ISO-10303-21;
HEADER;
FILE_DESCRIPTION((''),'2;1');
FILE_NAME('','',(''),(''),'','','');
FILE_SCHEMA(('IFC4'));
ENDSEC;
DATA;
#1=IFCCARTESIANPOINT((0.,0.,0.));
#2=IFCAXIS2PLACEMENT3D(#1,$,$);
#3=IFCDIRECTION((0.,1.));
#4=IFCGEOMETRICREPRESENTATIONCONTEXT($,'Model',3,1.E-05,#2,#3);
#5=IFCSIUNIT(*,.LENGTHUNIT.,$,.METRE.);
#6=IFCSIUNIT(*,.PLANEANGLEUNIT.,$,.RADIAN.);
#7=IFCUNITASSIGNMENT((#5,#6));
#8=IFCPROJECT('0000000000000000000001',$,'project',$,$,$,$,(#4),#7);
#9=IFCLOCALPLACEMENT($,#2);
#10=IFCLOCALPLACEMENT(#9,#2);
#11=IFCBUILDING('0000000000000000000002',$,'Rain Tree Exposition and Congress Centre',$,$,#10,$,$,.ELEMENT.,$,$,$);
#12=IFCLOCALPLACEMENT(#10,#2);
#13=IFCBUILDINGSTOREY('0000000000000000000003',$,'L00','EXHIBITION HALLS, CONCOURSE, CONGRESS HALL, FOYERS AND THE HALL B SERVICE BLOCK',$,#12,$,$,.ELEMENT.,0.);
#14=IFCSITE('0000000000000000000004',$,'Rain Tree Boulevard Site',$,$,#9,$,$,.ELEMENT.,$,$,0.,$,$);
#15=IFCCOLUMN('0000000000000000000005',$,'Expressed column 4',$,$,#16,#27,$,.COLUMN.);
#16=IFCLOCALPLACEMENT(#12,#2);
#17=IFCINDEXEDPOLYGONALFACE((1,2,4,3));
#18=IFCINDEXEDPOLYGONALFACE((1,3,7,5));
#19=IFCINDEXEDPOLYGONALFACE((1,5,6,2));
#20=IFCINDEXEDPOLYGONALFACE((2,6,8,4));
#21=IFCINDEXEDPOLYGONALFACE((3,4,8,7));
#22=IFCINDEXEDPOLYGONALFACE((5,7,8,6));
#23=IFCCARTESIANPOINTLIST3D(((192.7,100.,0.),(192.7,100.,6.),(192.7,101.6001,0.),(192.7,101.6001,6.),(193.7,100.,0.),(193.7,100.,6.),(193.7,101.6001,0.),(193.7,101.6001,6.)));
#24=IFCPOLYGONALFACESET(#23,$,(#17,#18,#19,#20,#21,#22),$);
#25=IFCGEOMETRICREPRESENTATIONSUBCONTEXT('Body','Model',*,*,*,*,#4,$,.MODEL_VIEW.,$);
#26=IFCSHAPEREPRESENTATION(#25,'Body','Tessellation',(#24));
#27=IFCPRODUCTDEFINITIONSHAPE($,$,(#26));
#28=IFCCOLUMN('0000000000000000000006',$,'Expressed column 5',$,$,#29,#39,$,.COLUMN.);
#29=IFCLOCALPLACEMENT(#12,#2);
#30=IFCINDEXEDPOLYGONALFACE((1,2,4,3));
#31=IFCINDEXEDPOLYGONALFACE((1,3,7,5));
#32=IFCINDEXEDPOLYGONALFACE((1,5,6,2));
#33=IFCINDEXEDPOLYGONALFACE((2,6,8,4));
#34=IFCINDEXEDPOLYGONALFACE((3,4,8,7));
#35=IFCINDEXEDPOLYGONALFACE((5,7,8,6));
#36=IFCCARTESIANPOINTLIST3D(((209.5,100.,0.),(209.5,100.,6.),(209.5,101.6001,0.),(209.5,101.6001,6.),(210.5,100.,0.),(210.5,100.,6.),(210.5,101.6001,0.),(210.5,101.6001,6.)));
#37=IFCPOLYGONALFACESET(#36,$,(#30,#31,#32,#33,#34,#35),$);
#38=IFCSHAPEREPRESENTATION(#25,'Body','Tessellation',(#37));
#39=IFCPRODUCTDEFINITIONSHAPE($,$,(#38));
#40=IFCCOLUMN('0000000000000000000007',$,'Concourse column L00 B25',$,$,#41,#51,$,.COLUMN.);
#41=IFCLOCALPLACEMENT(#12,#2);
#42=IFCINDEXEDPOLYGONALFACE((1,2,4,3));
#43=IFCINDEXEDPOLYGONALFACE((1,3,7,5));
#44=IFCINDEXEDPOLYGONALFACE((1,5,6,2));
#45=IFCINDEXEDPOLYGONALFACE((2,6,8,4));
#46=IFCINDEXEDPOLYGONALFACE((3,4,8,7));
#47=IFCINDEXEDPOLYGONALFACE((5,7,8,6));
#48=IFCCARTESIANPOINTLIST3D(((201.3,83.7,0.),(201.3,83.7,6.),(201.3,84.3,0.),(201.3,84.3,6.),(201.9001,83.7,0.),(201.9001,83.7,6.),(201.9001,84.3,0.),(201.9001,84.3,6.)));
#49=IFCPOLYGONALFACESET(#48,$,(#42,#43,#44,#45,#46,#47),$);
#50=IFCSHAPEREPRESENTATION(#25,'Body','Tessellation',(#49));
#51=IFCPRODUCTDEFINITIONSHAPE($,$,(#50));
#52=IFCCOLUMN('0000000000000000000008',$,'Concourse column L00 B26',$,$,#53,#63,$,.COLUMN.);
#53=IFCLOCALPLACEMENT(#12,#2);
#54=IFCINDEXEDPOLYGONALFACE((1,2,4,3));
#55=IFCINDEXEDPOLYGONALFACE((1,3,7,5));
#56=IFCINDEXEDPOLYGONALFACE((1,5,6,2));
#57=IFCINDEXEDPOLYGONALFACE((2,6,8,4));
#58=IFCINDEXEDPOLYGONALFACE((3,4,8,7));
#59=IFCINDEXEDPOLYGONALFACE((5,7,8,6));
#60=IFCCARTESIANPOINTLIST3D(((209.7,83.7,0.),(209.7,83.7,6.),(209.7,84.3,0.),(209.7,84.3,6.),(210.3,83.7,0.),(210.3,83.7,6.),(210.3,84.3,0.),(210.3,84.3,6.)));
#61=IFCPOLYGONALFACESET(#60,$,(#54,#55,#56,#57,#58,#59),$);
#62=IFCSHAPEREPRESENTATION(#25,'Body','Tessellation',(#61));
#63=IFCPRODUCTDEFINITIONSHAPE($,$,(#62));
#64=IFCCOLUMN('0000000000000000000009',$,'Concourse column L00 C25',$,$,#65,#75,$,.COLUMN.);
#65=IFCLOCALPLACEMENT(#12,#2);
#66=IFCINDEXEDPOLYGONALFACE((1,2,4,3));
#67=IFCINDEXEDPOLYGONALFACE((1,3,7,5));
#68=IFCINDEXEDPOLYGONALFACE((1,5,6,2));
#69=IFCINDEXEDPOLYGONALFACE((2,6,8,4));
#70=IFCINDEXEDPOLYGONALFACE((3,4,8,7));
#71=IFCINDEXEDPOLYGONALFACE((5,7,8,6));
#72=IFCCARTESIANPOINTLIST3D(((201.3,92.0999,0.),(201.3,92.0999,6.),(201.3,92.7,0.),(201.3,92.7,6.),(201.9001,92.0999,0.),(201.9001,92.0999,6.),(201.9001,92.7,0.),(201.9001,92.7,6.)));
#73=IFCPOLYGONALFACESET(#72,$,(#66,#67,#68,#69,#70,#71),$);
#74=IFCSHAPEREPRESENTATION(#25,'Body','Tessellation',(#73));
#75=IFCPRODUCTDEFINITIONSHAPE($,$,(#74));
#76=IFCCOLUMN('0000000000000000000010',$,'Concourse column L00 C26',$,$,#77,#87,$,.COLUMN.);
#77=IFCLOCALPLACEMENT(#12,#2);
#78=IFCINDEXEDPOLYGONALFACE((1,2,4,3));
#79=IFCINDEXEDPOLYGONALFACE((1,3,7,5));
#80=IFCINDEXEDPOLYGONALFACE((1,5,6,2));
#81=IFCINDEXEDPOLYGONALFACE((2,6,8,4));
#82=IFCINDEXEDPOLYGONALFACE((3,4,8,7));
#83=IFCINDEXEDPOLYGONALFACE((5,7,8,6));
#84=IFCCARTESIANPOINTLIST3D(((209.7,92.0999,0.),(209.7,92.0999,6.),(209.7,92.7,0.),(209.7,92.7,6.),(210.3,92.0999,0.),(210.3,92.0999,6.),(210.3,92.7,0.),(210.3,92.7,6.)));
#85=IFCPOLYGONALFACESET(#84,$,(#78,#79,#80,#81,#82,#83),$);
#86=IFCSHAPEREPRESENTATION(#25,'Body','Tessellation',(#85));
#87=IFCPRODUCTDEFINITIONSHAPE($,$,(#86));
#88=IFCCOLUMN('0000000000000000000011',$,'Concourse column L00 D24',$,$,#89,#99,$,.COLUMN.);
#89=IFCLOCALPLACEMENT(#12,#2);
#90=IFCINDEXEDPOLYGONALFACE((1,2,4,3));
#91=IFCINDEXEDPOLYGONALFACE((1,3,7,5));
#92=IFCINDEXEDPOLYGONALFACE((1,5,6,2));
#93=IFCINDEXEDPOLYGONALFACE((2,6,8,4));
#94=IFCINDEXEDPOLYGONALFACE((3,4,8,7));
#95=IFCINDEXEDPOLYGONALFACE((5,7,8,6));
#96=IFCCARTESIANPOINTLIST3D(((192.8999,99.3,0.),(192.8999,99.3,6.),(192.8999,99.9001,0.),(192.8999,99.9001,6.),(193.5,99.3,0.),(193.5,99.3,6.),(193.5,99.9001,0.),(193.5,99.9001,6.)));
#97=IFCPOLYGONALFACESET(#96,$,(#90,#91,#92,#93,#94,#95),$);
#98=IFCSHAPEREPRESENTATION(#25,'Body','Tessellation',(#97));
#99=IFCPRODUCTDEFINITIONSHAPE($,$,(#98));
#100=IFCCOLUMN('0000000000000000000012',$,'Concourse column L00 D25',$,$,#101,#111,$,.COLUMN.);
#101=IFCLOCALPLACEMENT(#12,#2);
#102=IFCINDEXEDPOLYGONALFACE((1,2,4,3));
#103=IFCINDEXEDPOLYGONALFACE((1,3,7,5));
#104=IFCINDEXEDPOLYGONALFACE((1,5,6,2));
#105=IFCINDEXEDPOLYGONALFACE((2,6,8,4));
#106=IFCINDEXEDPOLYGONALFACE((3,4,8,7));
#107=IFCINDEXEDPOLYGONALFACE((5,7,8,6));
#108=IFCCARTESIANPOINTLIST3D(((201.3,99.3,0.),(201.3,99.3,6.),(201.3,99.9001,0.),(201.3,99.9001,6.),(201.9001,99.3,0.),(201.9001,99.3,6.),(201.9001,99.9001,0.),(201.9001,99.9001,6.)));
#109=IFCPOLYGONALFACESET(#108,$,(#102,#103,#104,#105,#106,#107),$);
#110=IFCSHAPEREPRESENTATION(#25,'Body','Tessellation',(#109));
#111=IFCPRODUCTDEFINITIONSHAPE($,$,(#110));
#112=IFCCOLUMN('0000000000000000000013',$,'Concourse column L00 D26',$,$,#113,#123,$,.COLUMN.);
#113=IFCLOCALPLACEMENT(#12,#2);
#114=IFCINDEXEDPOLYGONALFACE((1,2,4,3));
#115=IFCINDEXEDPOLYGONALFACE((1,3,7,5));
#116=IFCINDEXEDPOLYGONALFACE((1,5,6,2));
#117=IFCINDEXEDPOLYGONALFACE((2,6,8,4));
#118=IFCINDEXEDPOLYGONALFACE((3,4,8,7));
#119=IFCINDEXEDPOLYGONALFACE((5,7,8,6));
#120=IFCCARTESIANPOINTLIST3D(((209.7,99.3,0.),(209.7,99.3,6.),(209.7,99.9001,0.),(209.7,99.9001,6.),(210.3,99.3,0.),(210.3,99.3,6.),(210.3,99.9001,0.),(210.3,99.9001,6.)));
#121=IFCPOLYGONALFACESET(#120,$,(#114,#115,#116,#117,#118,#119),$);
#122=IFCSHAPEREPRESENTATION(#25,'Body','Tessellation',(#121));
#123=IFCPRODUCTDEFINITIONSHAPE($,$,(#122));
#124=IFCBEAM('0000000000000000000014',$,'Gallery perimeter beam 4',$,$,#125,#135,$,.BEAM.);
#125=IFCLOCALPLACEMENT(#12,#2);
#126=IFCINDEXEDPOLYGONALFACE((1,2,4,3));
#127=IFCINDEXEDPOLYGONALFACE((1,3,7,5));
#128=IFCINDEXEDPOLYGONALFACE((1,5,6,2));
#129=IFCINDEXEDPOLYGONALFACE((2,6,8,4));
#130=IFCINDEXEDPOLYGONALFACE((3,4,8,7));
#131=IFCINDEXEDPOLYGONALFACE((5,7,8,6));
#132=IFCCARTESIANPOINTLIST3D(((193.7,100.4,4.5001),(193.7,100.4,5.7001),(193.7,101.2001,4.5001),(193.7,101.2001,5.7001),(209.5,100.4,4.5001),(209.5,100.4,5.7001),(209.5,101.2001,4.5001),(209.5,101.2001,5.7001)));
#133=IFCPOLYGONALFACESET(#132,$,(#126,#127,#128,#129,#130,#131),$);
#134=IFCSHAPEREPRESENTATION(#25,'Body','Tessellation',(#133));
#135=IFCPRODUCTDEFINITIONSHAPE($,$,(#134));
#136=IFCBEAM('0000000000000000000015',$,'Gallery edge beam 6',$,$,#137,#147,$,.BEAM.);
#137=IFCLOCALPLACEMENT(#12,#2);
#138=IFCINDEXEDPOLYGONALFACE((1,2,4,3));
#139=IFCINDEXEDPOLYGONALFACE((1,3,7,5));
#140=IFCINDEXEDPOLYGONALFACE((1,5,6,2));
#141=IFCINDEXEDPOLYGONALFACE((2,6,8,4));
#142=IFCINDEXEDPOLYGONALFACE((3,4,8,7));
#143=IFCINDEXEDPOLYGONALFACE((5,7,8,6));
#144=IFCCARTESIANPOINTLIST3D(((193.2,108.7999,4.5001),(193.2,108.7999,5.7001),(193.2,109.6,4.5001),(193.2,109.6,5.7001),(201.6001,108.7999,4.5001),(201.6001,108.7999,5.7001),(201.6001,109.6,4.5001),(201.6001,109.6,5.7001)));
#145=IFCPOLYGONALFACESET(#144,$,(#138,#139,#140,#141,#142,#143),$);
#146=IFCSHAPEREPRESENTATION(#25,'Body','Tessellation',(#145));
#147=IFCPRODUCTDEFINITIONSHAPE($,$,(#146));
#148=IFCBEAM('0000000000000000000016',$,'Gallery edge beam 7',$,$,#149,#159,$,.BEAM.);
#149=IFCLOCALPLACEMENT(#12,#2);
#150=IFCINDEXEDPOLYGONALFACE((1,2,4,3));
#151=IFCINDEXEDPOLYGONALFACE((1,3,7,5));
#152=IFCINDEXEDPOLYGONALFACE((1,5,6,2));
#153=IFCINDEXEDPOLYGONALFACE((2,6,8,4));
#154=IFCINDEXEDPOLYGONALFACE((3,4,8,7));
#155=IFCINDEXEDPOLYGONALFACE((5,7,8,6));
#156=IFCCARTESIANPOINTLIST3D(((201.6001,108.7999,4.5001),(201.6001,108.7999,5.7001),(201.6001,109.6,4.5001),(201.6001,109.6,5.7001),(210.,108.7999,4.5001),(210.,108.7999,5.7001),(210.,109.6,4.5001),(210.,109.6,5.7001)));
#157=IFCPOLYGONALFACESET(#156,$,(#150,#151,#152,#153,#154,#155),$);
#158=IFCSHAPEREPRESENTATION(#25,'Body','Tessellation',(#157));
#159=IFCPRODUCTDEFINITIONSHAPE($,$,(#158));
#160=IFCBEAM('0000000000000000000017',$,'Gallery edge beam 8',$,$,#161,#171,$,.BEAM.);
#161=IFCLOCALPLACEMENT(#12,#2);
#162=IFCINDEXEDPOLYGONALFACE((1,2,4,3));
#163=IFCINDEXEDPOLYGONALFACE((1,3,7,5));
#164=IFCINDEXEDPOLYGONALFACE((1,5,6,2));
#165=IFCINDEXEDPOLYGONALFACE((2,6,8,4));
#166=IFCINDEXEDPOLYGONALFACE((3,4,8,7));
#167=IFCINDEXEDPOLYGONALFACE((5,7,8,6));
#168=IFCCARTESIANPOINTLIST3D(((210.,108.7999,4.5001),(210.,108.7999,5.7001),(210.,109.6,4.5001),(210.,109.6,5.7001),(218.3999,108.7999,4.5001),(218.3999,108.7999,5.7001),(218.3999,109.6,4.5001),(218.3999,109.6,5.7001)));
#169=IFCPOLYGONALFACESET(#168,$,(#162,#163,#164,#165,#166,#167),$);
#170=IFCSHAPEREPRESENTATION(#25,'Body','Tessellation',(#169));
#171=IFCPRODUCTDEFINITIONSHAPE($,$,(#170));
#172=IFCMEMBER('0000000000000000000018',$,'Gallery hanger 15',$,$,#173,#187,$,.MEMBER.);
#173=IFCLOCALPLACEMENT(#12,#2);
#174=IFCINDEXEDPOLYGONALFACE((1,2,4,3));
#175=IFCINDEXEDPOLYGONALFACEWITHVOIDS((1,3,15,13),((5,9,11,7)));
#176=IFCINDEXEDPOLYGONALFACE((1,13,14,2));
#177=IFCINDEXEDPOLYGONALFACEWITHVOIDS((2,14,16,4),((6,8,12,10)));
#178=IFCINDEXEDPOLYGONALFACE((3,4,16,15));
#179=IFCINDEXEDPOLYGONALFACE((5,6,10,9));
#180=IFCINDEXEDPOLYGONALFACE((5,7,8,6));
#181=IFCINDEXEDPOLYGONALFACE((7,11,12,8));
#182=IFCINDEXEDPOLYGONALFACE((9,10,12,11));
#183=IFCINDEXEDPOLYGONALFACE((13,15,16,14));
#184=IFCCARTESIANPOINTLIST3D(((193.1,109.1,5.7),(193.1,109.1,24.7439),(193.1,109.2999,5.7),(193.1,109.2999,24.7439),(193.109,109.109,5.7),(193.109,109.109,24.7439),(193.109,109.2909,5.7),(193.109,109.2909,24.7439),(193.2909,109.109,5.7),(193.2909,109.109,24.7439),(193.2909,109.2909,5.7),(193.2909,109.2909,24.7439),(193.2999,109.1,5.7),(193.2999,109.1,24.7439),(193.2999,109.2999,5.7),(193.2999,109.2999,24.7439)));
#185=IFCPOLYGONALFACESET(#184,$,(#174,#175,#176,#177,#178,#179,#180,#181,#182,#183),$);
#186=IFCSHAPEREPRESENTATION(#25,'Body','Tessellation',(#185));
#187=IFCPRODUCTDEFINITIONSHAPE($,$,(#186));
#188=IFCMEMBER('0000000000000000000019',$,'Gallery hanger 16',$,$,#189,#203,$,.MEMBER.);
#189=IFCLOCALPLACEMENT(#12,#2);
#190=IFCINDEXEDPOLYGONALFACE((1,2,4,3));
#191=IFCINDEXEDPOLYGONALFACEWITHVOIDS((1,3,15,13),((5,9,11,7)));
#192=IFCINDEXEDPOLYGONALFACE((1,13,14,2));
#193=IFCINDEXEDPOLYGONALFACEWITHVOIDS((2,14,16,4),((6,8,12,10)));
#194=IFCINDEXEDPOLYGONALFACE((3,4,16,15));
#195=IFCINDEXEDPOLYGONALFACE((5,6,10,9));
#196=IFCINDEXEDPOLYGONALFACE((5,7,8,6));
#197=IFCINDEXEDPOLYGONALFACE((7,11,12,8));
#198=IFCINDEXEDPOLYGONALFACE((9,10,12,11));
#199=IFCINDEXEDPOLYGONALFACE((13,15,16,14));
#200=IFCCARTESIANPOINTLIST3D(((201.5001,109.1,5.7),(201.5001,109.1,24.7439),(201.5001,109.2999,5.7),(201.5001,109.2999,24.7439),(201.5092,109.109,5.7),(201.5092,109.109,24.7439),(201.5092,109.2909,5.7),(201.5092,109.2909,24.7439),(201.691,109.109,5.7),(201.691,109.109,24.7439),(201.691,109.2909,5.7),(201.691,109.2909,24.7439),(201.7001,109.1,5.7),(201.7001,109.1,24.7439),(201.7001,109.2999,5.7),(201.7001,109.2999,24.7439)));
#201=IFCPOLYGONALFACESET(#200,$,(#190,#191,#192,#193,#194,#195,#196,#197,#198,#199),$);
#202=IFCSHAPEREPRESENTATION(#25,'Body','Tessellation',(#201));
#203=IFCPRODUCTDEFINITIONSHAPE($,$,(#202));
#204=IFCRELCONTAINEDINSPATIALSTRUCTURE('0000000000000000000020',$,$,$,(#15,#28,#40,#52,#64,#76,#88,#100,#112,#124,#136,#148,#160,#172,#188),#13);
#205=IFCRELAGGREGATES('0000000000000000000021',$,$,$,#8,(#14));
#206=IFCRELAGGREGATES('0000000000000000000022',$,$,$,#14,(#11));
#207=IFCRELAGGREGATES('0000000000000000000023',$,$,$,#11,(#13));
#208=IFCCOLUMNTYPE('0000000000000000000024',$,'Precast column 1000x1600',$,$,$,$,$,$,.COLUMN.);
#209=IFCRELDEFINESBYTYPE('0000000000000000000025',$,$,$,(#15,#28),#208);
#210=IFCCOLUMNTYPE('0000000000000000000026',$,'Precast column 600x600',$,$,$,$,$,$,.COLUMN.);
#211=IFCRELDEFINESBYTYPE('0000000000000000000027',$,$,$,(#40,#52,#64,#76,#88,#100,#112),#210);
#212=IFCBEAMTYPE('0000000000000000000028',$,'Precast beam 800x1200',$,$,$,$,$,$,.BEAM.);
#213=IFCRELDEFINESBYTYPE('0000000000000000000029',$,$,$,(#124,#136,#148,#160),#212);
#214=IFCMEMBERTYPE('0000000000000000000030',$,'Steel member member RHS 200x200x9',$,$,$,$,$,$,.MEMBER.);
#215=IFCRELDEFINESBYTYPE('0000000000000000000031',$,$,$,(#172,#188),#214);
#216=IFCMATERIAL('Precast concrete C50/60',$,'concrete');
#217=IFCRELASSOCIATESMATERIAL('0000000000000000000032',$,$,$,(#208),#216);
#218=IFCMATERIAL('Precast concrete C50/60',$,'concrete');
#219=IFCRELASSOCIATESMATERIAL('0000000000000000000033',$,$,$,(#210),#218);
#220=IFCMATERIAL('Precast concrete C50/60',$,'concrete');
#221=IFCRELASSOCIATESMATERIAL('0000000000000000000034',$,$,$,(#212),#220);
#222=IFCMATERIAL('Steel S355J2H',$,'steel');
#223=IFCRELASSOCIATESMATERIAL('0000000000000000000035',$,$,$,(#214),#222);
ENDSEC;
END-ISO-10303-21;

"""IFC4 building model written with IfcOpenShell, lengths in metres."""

from ifc_helpers import new_model, si_unit, direction, frame, origin, origin_2d, place, context, subcontext, project, spatial, rectangle, hollow_rectangle, extrude, material, material_profile, profile_set, type_object, element, save


model = new_model("IFC4")

# Units and contexts
model_context = context("Model", 3, precision=1e-05, world=origin(), true_north=direction((0.0, 1.0)))
body_context = subcontext(model_context, "Body", "Model", "MODEL_VIEW")
ifc_project = project(units=[si_unit("LENGTHUNIT", "METRE"), si_unit("PLANEANGLEUNIT", "RADIAN")], contexts=[model_context])

# Site, building, storey
site_placement = place(None, origin())
site = spatial("IfcSite", under=ifc_project, at=site_placement, Name="Rain Tree Boulevard Site", CompositionType="ELEMENT", RefElevation=0.0)
building_placement = place(site_placement, origin())
building = spatial("IfcBuilding", under=site, at=building_placement, Name="Rain Tree Exposition and Congress Centre", CompositionType="ELEMENT")
storey_placement = place(building_placement, origin())
storey = spatial("IfcBuildingStorey", under=building, at=storey_placement, Name="L00", Description="EXHIBITION HALLS, CONCOURSE, CONGRESS HALL, FOYERS AND THE HALL B SERVICE BLOCK", CompositionType="ELEMENT", Elevation=0.0)

# Columns
ifc_material_1 = material(Name="Precast concrete C50/60", Category="concrete")
ifc_material_profile_1 = material_profile(ifc_material_1, rectangle(XDim=1.0, YDim=1.6001, at=origin_2d()), Name="RC 1000x1600")
ifc_profile_set_1 = profile_set([ifc_material_profile_1], Name="Precast concrete C50/60")
column_type_1 = type_object("IfcColumnType", Name="Precast column 1000x1600", PredefinedType="COLUMN", material=ifc_profile_set_1)
for number, where, z_axis, x_axis, name in (
    (1, (193.2, 100.8, 0.0), (0.0, 0.0, 1.0), (1.0, 0.0, 0.0), "Expressed column 4"),
    (2, (210.0, 100.8, 0.0), (0.0, 0.0, 1.0), (1.0, 0.0, 0.0), "Expressed column 5"),
):
    element("IfcColumn", number, at=place(storey_placement, frame(where, z_axis=z_axis, x_axis=x_axis)), inside=storey, type_object=column_type_1, Name=name, PredefinedType="COLUMN", context=body_context, shape_type="SweptSolid", body=[
        extrude(rectangle(XDim=1.0, YDim=1.6001, at=origin_2d()), origin(), (0.0, 0.0, 1.0), 6.0),
    ])
ifc_material_2 = material(Name="Precast concrete C50/60", Category="concrete")
ifc_material_profile_2 = material_profile(ifc_material_2, rectangle(XDim=0.6001, YDim=0.6001, at=origin_2d()), Name="RC 600x600")
ifc_profile_set_2 = profile_set([ifc_material_profile_2], Name="Precast concrete C50/60")
column_type_2 = type_object("IfcColumnType", Name="Precast column 600x600", PredefinedType="COLUMN", material=ifc_profile_set_2)
for number, where, z_axis, x_axis, name in (
    (3, (201.6001, 84.0, 0.0), (0.0, 0.0, 1.0), (1.0, 0.0, 0.0), "Concourse column L00 B25"),
    (4, (210.0, 84.0, 0.0), (0.0, 0.0, 1.0), (1.0, 0.0, 0.0), "Concourse column L00 B26"),
    (5, (201.6001, 92.3999, 0.0), (0.0, 0.0, 1.0), (1.0, 0.0, 0.0), "Concourse column L00 C25"),
    (6, (210.0, 92.3999, 0.0), (0.0, 0.0, 1.0), (1.0, 0.0, 0.0), "Concourse column L00 C26"),
    (7, (193.2, 99.6001, 0.0), (0.0, 0.0, 1.0), (1.0, 0.0, 0.0), "Concourse column L00 D24"),
    (8, (201.6001, 99.6001, 0.0), (0.0, 0.0, 1.0), (1.0, 0.0, 0.0), "Concourse column L00 D25"),
    (9, (210.0, 99.6001, 0.0), (0.0, 0.0, 1.0), (1.0, 0.0, 0.0), "Concourse column L00 D26"),
):
    element("IfcColumn", number, at=place(storey_placement, frame(where, z_axis=z_axis, x_axis=x_axis)), inside=storey, type_object=column_type_2, Name=name, PredefinedType="COLUMN", context=body_context, shape_type="SweptSolid", body=[
        extrude(rectangle(XDim=0.6001, YDim=0.6001, at=origin_2d()), origin(), (0.0, 0.0, 1.0), 6.0),
    ])

# Beams
ifc_material_3 = material(Name="Precast concrete C50/60", Category="concrete")
ifc_material_profile_3 = material_profile(ifc_material_3, rectangle(XDim=0.8, YDim=1.2, at=origin_2d()), Name="RC 800x1200")
ifc_profile_set_3 = profile_set([ifc_material_profile_3], Name="Precast concrete C50/60")
beam_type = type_object("IfcBeamType", Name="Precast beam 800x1200", PredefinedType="BEAM", material=ifc_profile_set_3)
beam_1_placement = place(storey_placement, frame((193.7, 100.8, 5.1001), z_axis=(1.0, 0.0, 0.0), x_axis=(0.0, 1.0, 0.0)))
element("IfcBeam", 10, at=beam_1_placement, inside=storey, type_object=beam_type, Name="Gallery perimeter beam 4", PredefinedType="BEAM", context=body_context, shape_type="SweptSolid", body=[
    extrude(rectangle(XDim=0.8, YDim=1.2, at=origin_2d()), origin(), (0.0, 0.0, 1.0), 15.8),
])
beam_2_placement = place(storey_placement, frame((193.2, 109.2, 5.1001), z_axis=(1.0, 0.0, 0.0), x_axis=(0.0, 1.0, 0.0)))
element("IfcBeam", 11, at=beam_2_placement, inside=storey, type_object=beam_type, Name="Gallery edge beam 6", PredefinedType="BEAM", context=body_context, shape_type="SweptSolid", body=[
    extrude(rectangle(XDim=0.8, YDim=1.2, at=origin_2d()), origin(), (0.0, 0.0, 1.0), 8.4001),
])
for number, where, z_axis, x_axis, name in (
    (12, (201.6001, 109.2, 5.1001), (1.0, 0.0, 0.0), (0.0, 1.0, 0.0), "Gallery edge beam 7"),
    (13, (210.0, 109.2, 5.1001), (1.0, 0.0, 0.0), (0.0, 1.0, 0.0), "Gallery edge beam 8"),
):
    element("IfcBeam", number, at=place(storey_placement, frame(where, z_axis=z_axis, x_axis=x_axis)), inside=storey, type_object=beam_type, Name=name, PredefinedType="BEAM", context=body_context, shape_type="SweptSolid", body=[
        extrude(rectangle(XDim=0.8, YDim=1.2, at=origin_2d()), origin(), (0.0, 0.0, 1.0), 8.3999),
    ])

# Members
ifc_material_4 = material(Name="Steel S355J2H", Category="steel")
ifc_material_profile_4 = material_profile(ifc_material_4, hollow_rectangle(XDim=0.2, YDim=0.2, WallThickness=0.009, at=origin_2d()), Name="RHS 200x200x9")
ifc_profile_set_4 = profile_set([ifc_material_profile_4], Name="Steel S355J2H")
member_type = type_object("IfcMemberType", Name="Steel member member RHS 200x200x9", PredefinedType="MEMBER", material=ifc_profile_set_4)
for number, where, z_axis, x_axis, name in (
    (14, (193.2, 109.2, 5.7), (0.0, 0.0, 1.0), (1.0, 0.0, 0.0), "Gallery hanger 15"),
    (15, (201.6001, 109.2, 5.7), (0.0, 0.0, 1.0), (1.0, 0.0, 0.0), "Gallery hanger 16"),
):
    element("IfcMember", number, at=place(storey_placement, frame(where, z_axis=z_axis, x_axis=x_axis)), inside=storey, type_object=member_type, Name=name, PredefinedType="MEMBER", context=body_context, shape_type="SweptSolid", body=[
        extrude(hollow_rectangle(XDim=0.2, YDim=0.2, WallThickness=0.009, at=origin_2d()), origin(), (0.0, 0.0, 1.0), 19.0439),
    ])

save(model, "model.ifc")
